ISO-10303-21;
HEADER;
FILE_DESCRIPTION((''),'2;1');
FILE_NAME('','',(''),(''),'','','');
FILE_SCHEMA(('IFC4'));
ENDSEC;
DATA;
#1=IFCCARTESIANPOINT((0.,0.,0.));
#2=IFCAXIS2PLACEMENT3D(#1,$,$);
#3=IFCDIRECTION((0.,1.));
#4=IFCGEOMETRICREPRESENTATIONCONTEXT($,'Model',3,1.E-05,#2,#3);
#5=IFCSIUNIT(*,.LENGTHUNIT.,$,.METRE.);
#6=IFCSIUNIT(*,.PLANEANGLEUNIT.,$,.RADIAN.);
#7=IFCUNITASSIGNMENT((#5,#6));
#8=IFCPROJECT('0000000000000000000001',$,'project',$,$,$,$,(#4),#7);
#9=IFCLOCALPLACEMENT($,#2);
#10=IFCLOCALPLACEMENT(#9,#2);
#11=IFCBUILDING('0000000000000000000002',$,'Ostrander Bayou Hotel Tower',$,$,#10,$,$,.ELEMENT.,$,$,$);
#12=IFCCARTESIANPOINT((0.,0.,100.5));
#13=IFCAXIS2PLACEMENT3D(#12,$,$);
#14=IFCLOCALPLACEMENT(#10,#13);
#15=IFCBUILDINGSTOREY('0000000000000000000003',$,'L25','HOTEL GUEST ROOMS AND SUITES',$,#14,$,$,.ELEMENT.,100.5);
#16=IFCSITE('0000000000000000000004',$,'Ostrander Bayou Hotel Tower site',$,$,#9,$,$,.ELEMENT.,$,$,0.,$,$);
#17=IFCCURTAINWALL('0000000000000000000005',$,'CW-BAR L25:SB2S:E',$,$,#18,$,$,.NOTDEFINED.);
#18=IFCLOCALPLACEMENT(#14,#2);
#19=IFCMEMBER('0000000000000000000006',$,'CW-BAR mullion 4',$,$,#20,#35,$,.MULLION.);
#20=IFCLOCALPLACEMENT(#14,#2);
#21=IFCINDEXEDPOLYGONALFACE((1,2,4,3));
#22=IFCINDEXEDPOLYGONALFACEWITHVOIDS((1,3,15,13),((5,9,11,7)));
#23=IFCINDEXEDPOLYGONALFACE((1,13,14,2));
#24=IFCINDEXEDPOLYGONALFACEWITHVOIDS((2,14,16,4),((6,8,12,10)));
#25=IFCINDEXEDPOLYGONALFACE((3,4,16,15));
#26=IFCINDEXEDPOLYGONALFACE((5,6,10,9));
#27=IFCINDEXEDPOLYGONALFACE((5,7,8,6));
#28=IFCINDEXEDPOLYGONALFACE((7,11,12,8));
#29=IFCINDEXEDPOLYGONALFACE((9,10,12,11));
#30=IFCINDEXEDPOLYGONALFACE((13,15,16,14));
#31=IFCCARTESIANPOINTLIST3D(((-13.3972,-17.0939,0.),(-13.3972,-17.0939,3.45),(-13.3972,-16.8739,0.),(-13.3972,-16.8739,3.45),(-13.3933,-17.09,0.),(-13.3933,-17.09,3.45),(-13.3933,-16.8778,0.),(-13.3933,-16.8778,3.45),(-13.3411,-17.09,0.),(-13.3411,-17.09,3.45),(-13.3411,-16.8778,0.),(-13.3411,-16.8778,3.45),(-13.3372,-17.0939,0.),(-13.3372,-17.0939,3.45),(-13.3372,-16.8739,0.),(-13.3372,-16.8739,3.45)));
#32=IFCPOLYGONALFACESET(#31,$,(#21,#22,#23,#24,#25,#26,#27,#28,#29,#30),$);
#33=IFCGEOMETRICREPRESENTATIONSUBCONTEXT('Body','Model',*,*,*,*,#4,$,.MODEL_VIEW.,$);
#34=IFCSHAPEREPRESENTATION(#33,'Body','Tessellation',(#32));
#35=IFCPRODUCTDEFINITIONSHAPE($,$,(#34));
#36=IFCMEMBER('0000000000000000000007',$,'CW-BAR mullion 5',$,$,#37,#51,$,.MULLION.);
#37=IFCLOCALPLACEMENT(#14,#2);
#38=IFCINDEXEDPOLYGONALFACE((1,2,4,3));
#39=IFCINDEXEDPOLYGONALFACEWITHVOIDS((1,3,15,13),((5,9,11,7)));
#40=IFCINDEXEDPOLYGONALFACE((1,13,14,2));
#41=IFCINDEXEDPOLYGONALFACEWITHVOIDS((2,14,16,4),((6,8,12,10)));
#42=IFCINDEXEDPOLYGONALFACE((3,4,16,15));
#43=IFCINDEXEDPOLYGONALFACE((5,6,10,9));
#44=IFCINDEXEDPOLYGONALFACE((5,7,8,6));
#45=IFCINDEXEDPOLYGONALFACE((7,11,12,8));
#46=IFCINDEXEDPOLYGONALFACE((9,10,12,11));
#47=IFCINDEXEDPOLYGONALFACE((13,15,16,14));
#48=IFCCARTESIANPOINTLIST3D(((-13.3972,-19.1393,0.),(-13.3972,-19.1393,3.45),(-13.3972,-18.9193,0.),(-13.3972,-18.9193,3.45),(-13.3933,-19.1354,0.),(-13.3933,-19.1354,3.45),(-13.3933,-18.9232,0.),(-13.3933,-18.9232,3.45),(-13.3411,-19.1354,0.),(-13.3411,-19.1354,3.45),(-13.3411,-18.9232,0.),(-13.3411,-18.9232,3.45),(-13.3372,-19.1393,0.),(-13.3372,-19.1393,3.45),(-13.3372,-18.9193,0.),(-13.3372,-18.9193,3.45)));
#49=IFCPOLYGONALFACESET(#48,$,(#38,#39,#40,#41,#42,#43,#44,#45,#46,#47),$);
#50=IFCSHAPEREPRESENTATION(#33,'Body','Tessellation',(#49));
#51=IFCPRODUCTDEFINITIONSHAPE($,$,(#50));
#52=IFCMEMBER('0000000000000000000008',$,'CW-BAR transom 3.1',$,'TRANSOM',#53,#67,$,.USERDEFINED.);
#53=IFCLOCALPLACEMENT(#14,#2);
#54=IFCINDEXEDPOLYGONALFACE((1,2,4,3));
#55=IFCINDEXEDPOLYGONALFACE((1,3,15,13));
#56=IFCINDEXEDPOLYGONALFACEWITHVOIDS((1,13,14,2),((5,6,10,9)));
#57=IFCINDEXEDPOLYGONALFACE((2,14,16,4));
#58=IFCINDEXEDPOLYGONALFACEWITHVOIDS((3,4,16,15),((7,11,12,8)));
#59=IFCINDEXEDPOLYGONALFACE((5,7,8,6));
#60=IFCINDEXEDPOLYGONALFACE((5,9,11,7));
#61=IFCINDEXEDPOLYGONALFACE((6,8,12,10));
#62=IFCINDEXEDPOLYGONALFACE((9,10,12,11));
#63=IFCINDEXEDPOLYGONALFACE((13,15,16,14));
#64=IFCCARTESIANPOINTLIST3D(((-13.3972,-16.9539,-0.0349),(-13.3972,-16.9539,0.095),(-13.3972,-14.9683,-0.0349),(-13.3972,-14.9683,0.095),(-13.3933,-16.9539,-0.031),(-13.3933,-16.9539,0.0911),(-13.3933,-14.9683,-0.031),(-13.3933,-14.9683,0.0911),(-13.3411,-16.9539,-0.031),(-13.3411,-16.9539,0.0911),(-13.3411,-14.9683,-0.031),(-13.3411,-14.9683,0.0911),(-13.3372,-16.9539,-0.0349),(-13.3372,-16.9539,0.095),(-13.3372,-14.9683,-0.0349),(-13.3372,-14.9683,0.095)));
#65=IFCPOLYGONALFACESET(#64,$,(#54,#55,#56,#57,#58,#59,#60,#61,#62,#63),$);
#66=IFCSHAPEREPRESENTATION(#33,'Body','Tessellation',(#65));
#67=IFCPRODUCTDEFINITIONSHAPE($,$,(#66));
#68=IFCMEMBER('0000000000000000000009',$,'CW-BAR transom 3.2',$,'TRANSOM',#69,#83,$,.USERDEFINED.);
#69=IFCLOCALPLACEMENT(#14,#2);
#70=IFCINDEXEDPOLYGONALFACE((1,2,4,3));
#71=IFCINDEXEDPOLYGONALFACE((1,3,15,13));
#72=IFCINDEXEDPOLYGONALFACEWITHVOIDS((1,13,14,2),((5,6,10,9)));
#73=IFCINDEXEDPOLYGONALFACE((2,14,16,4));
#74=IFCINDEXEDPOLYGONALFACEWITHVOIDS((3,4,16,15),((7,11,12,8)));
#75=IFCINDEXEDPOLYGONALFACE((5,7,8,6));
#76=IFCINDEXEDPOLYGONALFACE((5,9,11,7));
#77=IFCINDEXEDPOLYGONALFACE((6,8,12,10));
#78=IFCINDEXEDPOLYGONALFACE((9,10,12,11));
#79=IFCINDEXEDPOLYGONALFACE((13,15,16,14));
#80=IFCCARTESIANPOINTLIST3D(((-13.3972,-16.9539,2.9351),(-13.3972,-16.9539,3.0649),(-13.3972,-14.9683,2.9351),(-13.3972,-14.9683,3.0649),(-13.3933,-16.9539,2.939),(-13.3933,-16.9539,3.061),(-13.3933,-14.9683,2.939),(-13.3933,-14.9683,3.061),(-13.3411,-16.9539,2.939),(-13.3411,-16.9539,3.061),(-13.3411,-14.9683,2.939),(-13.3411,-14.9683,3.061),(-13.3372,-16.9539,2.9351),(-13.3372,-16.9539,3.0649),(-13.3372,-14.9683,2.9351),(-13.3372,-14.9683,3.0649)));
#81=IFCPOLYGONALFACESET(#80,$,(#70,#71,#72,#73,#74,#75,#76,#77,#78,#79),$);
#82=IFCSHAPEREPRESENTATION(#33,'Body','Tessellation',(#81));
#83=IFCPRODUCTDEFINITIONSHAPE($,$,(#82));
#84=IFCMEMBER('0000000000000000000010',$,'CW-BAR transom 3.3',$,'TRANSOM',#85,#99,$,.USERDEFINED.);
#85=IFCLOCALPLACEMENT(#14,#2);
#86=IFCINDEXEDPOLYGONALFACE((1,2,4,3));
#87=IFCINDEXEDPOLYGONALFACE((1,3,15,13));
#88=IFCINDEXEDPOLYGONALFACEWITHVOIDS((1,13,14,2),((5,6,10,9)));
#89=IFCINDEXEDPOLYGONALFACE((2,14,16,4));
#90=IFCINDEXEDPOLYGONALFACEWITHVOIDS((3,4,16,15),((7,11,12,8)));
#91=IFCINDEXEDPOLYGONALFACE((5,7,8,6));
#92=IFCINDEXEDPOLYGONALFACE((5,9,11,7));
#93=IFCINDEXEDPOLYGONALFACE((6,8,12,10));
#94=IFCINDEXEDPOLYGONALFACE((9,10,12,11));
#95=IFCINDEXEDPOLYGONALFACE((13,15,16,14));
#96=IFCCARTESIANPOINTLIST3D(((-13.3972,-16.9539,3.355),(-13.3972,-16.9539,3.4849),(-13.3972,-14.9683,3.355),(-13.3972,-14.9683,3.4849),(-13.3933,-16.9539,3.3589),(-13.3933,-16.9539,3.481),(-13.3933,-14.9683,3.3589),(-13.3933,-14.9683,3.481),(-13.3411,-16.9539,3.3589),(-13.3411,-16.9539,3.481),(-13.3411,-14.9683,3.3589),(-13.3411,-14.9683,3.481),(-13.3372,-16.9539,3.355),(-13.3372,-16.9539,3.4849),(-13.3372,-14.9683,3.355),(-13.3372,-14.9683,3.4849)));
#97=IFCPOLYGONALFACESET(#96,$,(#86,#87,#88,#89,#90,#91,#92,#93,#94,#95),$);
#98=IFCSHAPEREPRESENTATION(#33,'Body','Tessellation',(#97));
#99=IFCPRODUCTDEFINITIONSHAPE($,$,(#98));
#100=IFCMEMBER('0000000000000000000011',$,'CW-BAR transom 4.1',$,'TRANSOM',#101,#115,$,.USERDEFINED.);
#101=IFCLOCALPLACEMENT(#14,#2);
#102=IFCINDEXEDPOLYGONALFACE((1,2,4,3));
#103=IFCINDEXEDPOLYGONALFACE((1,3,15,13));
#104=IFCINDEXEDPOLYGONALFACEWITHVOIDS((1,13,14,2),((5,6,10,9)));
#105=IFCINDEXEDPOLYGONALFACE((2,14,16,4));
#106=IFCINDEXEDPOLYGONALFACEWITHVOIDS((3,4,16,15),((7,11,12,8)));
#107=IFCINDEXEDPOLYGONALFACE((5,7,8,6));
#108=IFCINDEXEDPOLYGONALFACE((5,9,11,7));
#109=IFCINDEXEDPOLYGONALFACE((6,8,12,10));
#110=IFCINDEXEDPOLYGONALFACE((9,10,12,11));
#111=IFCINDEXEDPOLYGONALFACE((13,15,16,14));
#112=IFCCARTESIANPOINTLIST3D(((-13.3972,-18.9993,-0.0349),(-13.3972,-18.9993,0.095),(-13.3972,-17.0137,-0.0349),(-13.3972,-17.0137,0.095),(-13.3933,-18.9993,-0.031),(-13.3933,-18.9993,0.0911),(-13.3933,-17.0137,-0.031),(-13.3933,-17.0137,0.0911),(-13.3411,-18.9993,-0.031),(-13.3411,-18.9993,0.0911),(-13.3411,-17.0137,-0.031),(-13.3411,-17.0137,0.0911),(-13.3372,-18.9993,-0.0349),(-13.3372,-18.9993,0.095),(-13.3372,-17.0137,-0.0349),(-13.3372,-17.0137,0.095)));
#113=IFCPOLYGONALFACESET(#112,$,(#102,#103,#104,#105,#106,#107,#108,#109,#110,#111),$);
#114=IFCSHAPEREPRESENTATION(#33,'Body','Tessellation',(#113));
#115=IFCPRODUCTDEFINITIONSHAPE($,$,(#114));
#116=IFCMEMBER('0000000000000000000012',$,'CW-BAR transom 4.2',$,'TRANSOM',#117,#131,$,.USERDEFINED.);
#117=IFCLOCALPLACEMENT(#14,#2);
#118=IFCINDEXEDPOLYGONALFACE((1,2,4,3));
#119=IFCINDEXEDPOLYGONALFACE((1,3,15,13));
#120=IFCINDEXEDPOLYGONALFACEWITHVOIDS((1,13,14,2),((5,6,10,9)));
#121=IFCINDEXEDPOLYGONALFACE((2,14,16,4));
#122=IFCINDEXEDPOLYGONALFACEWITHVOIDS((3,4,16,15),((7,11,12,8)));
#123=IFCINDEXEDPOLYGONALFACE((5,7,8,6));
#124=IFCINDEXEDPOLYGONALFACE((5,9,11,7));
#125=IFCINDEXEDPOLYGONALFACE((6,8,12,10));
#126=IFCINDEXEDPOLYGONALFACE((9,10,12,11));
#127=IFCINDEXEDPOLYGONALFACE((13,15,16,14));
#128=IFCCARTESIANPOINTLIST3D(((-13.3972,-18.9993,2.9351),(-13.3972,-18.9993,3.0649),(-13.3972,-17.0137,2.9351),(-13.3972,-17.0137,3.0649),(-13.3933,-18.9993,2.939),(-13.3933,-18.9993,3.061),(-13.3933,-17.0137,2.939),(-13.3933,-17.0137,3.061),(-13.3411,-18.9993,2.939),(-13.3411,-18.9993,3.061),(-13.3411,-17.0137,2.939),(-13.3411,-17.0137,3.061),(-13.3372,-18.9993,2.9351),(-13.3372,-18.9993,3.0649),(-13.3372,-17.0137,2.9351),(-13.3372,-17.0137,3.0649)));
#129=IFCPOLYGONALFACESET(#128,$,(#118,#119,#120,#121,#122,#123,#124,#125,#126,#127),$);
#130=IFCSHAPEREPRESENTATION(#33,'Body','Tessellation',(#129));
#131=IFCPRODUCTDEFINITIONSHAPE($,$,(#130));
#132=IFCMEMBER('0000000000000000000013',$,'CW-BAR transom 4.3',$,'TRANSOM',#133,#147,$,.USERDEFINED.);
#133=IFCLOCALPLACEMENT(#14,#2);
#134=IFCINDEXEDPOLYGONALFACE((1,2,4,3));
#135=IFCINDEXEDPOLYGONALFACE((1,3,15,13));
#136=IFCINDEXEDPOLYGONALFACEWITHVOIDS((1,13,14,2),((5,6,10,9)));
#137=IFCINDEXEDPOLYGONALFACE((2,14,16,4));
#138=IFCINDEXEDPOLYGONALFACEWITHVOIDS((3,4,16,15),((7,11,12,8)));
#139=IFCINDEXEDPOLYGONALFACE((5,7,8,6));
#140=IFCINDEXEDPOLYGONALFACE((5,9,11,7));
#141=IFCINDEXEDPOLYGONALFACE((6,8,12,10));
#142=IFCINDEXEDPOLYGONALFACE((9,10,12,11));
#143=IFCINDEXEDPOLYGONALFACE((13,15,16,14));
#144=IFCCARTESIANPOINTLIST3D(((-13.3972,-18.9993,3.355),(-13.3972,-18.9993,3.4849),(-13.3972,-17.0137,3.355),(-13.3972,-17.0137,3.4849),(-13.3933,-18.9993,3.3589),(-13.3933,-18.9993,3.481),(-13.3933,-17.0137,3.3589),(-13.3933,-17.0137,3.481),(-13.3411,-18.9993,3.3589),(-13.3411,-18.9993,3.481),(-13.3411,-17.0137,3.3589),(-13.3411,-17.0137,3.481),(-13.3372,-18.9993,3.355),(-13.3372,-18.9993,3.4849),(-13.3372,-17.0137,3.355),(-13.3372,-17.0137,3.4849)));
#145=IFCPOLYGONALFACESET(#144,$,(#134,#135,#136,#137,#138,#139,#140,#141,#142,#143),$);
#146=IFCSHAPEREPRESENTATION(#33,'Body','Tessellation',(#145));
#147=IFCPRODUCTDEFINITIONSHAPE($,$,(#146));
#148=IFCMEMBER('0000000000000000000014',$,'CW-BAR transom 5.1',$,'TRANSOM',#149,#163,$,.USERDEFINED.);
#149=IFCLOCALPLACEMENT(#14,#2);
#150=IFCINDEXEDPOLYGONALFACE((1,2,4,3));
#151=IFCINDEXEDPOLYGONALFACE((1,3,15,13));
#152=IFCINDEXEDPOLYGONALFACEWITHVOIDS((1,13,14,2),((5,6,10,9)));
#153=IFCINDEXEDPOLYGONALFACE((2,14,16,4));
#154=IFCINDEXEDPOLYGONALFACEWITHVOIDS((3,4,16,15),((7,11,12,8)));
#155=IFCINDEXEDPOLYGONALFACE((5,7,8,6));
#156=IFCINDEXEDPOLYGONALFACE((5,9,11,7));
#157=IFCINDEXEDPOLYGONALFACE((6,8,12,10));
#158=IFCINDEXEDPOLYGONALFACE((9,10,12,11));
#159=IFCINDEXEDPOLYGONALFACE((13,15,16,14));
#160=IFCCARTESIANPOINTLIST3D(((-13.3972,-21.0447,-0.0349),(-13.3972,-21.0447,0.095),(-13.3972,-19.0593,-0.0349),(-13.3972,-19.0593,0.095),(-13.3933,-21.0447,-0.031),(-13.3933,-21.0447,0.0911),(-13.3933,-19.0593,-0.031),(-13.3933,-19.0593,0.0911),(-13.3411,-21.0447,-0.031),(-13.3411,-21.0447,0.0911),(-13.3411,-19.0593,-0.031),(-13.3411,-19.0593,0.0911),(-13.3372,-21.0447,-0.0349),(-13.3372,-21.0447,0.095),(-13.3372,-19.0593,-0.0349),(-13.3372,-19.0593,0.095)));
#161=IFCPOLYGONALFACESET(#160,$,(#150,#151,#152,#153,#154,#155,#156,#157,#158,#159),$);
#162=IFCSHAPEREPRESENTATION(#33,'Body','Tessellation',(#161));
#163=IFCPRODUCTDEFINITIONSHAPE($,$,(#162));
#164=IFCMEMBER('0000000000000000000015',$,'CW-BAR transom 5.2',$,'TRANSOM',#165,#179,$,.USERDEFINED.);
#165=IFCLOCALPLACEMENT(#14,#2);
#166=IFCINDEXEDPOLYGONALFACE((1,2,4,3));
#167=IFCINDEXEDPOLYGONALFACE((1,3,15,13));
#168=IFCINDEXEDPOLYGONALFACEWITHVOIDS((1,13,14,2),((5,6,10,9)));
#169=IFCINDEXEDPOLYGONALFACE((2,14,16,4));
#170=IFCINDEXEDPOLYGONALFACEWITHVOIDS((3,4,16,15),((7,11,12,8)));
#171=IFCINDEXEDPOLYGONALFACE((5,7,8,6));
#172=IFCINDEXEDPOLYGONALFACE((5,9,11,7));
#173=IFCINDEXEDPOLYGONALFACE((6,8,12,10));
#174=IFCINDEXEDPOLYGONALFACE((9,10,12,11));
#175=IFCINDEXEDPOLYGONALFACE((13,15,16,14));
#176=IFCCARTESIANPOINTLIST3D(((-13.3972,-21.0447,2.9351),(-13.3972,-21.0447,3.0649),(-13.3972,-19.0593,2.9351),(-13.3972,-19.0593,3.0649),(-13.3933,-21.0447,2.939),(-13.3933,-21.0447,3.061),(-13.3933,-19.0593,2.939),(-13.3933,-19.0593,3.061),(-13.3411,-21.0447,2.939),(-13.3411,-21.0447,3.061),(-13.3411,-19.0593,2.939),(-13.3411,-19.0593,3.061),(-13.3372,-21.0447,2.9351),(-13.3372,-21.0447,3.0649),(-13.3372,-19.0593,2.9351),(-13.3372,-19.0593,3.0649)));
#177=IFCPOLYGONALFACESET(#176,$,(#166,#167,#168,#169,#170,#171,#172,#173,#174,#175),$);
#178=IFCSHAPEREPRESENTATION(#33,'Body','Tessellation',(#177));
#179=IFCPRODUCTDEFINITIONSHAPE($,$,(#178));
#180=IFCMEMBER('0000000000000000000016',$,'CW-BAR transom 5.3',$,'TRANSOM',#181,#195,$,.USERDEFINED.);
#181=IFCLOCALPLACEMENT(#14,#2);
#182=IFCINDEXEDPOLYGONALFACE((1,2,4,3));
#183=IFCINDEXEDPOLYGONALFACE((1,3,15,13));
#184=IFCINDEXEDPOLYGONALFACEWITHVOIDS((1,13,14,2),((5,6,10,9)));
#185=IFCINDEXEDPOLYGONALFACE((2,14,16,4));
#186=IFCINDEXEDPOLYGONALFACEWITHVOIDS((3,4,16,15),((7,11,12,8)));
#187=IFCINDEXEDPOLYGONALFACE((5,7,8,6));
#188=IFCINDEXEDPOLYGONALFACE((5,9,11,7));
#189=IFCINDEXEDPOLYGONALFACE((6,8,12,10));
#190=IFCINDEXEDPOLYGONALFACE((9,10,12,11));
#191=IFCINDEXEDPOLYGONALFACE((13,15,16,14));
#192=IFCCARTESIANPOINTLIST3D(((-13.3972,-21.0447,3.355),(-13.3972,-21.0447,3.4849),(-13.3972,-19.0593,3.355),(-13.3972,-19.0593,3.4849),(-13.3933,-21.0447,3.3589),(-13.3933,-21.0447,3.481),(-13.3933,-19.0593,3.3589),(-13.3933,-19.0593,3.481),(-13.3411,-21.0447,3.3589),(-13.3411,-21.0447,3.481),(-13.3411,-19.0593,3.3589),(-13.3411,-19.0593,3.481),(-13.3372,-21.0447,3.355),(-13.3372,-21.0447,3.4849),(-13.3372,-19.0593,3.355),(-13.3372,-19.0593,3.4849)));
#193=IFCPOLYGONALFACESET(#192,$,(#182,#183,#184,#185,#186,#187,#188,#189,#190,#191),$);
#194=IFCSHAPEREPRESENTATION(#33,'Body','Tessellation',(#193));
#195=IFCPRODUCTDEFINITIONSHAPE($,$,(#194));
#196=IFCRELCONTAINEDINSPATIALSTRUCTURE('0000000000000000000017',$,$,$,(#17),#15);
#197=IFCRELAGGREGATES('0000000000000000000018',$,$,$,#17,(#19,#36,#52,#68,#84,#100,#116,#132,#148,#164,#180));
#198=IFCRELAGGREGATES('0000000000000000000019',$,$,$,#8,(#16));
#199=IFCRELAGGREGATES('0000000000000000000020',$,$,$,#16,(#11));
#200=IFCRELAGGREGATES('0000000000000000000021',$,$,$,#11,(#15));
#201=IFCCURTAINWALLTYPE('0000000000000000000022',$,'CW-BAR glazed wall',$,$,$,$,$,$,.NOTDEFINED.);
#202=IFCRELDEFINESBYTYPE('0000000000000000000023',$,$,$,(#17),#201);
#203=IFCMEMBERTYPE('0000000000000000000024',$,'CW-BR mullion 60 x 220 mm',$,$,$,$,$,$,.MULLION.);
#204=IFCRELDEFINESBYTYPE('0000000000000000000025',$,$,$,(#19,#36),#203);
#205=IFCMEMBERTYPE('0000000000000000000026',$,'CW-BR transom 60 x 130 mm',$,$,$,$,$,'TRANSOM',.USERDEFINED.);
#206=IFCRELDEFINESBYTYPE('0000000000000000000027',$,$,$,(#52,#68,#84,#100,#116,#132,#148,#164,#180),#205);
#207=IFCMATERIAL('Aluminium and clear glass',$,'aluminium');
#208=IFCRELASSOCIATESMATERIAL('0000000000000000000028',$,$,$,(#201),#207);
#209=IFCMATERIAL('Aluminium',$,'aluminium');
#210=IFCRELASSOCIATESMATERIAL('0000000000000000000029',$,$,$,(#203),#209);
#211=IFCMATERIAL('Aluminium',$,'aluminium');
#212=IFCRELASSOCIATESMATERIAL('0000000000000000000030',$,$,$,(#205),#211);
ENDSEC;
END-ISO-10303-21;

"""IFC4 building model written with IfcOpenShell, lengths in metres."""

from ifc_helpers import new_model, si_unit, direction, frame, origin, origin_2d, place, context, subcontext, project, spatial, hollow_rectangle, extrude, material, material_profile, profile_set, type_object, element, aggregate, save


model = new_model("IFC4")

# Units and contexts
model_context = context("Model", 3, precision=1e-05, world=origin(), true_north=direction((0.0, 1.0)))
body_context = subcontext(model_context, "Body", "Model", "MODEL_VIEW")
ifc_project = project(units=[si_unit("LENGTHUNIT", "METRE"), si_unit("PLANEANGLEUNIT", "RADIAN")], contexts=[model_context])

# Site, building, storey
site_placement = place(None, origin())
site = spatial("IfcSite", under=ifc_project, at=site_placement, Name="Ostrander Bayou Hotel Tower site", CompositionType="ELEMENT", RefElevation=0.0)
building_placement = place(site_placement, origin())
building = spatial("IfcBuilding", under=site, at=building_placement, Name="Ostrander Bayou Hotel Tower", CompositionType="ELEMENT")
storey_placement = place(building_placement, frame((0.0, 0.0, 100.5)))
storey = spatial("IfcBuildingStorey", under=building, at=storey_placement, Name="L25", Description="HOTEL GUEST ROOMS AND SUITES", CompositionType="ELEMENT", Elevation=100.5)

# Curtain wall, members
ifc_material_1 = material(Name="Aluminium and clear glass", Category="aluminium")
curtain_wall_type = type_object("IfcCurtainWallType", Name="CW-BAR glazed wall", PredefinedType="NOTDEFINED", material=ifc_material_1)
curtain_wall_placement = place(storey_placement, origin())
curtain_wall = element("IfcCurtainWall", 1, at=curtain_wall_placement, inside=storey, type_object=curtain_wall_type, Name="CW-BAR L25:SB2S:E", PredefinedType="NOTDEFINED")
ifc_material_2 = material(Name="Aluminium", Category="aluminium")
ifc_material_profile_1 = material_profile(ifc_material_2, hollow_rectangle(XDim=0.0601, YDim=0.22, WallThickness=0.0039, at=origin_2d()))
ifc_profile_set_1 = profile_set([ifc_material_profile_1], Name="Aluminium")
member_type_1 = type_object("IfcMemberType", Name="CW-BR mullion 60 x 220 mm", PredefinedType="MULLION", material=ifc_profile_set_1)
member_1_placement = place(storey_placement, frame((-13.3672, -16.9839, 0.0), z_axis=(0.0, 0.0, 1.0), x_axis=(1.0, 0.0, 0.0)))
member_1 = element("IfcMember", 2, at=member_1_placement, type_object=member_type_1, Name="CW-BAR mullion 4", PredefinedType="MULLION", context=body_context, shape_type="SweptSolid", body=[
    extrude(hollow_rectangle(XDim=0.0601, YDim=0.22, WallThickness=0.0039, at=origin_2d()), origin(), (0.0, 0.0, 1.0), 3.45),
])
member_2_placement = place(storey_placement, frame((-13.3672, -19.0293, 0.0), z_axis=(0.0, 0.0, 1.0), x_axis=(1.0, 0.0, 0.0)))
member_2 = element("IfcMember", 3, at=member_2_placement, type_object=member_type_1, Name="CW-BAR mullion 5", PredefinedType="MULLION", context=body_context, shape_type="SweptSolid", body=[
    extrude(hollow_rectangle(XDim=0.0601, YDim=0.22, WallThickness=0.0039, at=origin_2d()), origin(), (0.0, 0.0, 1.0), 3.45),
])
ifc_material_3 = material(Name="Aluminium", Category="aluminium")
ifc_material_profile_2 = material_profile(ifc_material_3, hollow_rectangle(XDim=0.0601, YDim=0.1299, WallThickness=0.0039, at=origin_2d()))
ifc_profile_set_2 = profile_set([ifc_material_profile_2], Name="Aluminium")
member_type_2 = type_object("IfcMemberType", Name="CW-BR transom 60 x 130 mm", ElementType="TRANSOM", PredefinedType="USERDEFINED", material=ifc_profile_set_2)
member_3_placement = place(storey_placement, frame((-13.3672, -14.9683, 0.03), z_axis=(0.0, -1.0, 0.0), x_axis=(1.0, 0.0, 0.0)))
member_3 = element("IfcMember", 4, at=member_3_placement, type_object=member_type_2, Name="CW-BAR transom 3.1", ObjectType="TRANSOM", PredefinedType="USERDEFINED", context=body_context, shape_type="SweptSolid", body=[
    extrude(hollow_rectangle(XDim=0.0601, YDim=0.1299, WallThickness=0.0039, at=origin_2d()), origin(), (0.0, 0.0, 1.0), 1.9856),
])
member_4_placement = place(storey_placement, frame((-13.3672, -14.9683, 3.0), z_axis=(0.0, -1.0, 0.0), x_axis=(1.0, 0.0, 0.0)))
member_4 = element("IfcMember", 5, at=member_4_placement, type_object=member_type_2, Name="CW-BAR transom 3.2", ObjectType="TRANSOM", PredefinedType="USERDEFINED", context=body_context, shape_type="SweptSolid", body=[
    extrude(hollow_rectangle(XDim=0.0601, YDim=0.1299, WallThickness=0.0039, at=origin_2d()), origin(), (0.0, 0.0, 1.0), 1.9856),
])
member_5_placement = place(storey_placement, frame((-13.3672, -14.9683, 3.4199), z_axis=(0.0, -1.0, 0.0), x_axis=(1.0, 0.0, 0.0)))
member_5 = element("IfcMember", 6, at=member_5_placement, type_object=member_type_2, Name="CW-BAR transom 3.3", ObjectType="TRANSOM", PredefinedType="USERDEFINED", context=body_context, shape_type="SweptSolid", body=[
    extrude(hollow_rectangle(XDim=0.0601, YDim=0.1299, WallThickness=0.0039, at=origin_2d()), origin(), (0.0, 0.0, 1.0), 1.9856),
])
member_6_placement = place(storey_placement, frame((-13.3672, -17.0137, 0.03), z_axis=(0.0, -1.0, 0.0), x_axis=(1.0, 0.0, 0.0)))
member_6 = element("IfcMember", 7, at=member_6_placement, type_object=member_type_2, Name="CW-BAR transom 4.1", ObjectType="TRANSOM", PredefinedType="USERDEFINED", context=body_context, shape_type="SweptSolid", body=[
    extrude(hollow_rectangle(XDim=0.0601, YDim=0.1299, WallThickness=0.0039, at=origin_2d()), origin(), (0.0, 0.0, 1.0), 1.9856),
])
member_7_placement = place(storey_placement, frame((-13.3672, -17.0137, 3.0), z_axis=(0.0, -1.0, 0.0), x_axis=(1.0, 0.0, 0.0)))
member_7 = element("IfcMember", 8, at=member_7_placement, type_object=member_type_2, Name="CW-BAR transom 4.2", ObjectType="TRANSOM", PredefinedType="USERDEFINED", context=body_context, shape_type="SweptSolid", body=[
    extrude(hollow_rectangle(XDim=0.0601, YDim=0.1299, WallThickness=0.0039, at=origin_2d()), origin(), (0.0, 0.0, 1.0), 1.9856),
])
member_8_placement = place(storey_placement, frame((-13.3672, -17.0137, 3.4199), z_axis=(0.0, -1.0, 0.0), x_axis=(1.0, 0.0, 0.0)))
member_8 = element("IfcMember", 9, at=member_8_placement, type_object=member_type_2, Name="CW-BAR transom 4.3", ObjectType="TRANSOM", PredefinedType="USERDEFINED", context=body_context, shape_type="SweptSolid", body=[
    extrude(hollow_rectangle(XDim=0.0601, YDim=0.1299, WallThickness=0.0039, at=origin_2d()), origin(), (0.0, 0.0, 1.0), 1.9856),
])
member_9_placement = place(storey_placement, frame((-13.3672, -19.0593, 0.03), z_axis=(0.0, -1.0, 0.0), x_axis=(1.0, 0.0, 0.0)))
member_9 = element("IfcMember", 10, at=member_9_placement, type_object=member_type_2, Name="CW-BAR transom 5.1", ObjectType="TRANSOM", PredefinedType="USERDEFINED", context=body_context, shape_type="SweptSolid", body=[
    extrude(hollow_rectangle(XDim=0.0601, YDim=0.1299, WallThickness=0.0039, at=origin_2d()), origin(), (0.0, 0.0, 1.0), 1.9854),
])
member_10_placement = place(storey_placement, frame((-13.3672, -19.0593, 3.0), z_axis=(0.0, -1.0, 0.0), x_axis=(1.0, 0.0, 0.0)))
member_10 = element("IfcMember", 11, at=member_10_placement, type_object=member_type_2, Name="CW-BAR transom 5.2", ObjectType="TRANSOM", PredefinedType="USERDEFINED", context=body_context, shape_type="SweptSolid", body=[
    extrude(hollow_rectangle(XDim=0.0601, YDim=0.1299, WallThickness=0.0039, at=origin_2d()), origin(), (0.0, 0.0, 1.0), 1.9854),
])
member_11_placement = place(storey_placement, frame((-13.3672, -19.0593, 3.4199), z_axis=(0.0, -1.0, 0.0), x_axis=(1.0, 0.0, 0.0)))
member_11 = element("IfcMember", 12, at=member_11_placement, type_object=member_type_2, Name="CW-BAR transom 5.3", ObjectType="TRANSOM", PredefinedType="USERDEFINED", context=body_context, shape_type="SweptSolid", body=[
    extrude(hollow_rectangle(XDim=0.0601, YDim=0.1299, WallThickness=0.0039, at=origin_2d()), origin(), (0.0, 0.0, 1.0), 1.9854),
])

aggregate(curtain_wall, [member_1, member_2, member_3, member_4, member_5, member_6, member_7, member_8, member_9, member_10, member_11])

save(model, "model.ifc")
